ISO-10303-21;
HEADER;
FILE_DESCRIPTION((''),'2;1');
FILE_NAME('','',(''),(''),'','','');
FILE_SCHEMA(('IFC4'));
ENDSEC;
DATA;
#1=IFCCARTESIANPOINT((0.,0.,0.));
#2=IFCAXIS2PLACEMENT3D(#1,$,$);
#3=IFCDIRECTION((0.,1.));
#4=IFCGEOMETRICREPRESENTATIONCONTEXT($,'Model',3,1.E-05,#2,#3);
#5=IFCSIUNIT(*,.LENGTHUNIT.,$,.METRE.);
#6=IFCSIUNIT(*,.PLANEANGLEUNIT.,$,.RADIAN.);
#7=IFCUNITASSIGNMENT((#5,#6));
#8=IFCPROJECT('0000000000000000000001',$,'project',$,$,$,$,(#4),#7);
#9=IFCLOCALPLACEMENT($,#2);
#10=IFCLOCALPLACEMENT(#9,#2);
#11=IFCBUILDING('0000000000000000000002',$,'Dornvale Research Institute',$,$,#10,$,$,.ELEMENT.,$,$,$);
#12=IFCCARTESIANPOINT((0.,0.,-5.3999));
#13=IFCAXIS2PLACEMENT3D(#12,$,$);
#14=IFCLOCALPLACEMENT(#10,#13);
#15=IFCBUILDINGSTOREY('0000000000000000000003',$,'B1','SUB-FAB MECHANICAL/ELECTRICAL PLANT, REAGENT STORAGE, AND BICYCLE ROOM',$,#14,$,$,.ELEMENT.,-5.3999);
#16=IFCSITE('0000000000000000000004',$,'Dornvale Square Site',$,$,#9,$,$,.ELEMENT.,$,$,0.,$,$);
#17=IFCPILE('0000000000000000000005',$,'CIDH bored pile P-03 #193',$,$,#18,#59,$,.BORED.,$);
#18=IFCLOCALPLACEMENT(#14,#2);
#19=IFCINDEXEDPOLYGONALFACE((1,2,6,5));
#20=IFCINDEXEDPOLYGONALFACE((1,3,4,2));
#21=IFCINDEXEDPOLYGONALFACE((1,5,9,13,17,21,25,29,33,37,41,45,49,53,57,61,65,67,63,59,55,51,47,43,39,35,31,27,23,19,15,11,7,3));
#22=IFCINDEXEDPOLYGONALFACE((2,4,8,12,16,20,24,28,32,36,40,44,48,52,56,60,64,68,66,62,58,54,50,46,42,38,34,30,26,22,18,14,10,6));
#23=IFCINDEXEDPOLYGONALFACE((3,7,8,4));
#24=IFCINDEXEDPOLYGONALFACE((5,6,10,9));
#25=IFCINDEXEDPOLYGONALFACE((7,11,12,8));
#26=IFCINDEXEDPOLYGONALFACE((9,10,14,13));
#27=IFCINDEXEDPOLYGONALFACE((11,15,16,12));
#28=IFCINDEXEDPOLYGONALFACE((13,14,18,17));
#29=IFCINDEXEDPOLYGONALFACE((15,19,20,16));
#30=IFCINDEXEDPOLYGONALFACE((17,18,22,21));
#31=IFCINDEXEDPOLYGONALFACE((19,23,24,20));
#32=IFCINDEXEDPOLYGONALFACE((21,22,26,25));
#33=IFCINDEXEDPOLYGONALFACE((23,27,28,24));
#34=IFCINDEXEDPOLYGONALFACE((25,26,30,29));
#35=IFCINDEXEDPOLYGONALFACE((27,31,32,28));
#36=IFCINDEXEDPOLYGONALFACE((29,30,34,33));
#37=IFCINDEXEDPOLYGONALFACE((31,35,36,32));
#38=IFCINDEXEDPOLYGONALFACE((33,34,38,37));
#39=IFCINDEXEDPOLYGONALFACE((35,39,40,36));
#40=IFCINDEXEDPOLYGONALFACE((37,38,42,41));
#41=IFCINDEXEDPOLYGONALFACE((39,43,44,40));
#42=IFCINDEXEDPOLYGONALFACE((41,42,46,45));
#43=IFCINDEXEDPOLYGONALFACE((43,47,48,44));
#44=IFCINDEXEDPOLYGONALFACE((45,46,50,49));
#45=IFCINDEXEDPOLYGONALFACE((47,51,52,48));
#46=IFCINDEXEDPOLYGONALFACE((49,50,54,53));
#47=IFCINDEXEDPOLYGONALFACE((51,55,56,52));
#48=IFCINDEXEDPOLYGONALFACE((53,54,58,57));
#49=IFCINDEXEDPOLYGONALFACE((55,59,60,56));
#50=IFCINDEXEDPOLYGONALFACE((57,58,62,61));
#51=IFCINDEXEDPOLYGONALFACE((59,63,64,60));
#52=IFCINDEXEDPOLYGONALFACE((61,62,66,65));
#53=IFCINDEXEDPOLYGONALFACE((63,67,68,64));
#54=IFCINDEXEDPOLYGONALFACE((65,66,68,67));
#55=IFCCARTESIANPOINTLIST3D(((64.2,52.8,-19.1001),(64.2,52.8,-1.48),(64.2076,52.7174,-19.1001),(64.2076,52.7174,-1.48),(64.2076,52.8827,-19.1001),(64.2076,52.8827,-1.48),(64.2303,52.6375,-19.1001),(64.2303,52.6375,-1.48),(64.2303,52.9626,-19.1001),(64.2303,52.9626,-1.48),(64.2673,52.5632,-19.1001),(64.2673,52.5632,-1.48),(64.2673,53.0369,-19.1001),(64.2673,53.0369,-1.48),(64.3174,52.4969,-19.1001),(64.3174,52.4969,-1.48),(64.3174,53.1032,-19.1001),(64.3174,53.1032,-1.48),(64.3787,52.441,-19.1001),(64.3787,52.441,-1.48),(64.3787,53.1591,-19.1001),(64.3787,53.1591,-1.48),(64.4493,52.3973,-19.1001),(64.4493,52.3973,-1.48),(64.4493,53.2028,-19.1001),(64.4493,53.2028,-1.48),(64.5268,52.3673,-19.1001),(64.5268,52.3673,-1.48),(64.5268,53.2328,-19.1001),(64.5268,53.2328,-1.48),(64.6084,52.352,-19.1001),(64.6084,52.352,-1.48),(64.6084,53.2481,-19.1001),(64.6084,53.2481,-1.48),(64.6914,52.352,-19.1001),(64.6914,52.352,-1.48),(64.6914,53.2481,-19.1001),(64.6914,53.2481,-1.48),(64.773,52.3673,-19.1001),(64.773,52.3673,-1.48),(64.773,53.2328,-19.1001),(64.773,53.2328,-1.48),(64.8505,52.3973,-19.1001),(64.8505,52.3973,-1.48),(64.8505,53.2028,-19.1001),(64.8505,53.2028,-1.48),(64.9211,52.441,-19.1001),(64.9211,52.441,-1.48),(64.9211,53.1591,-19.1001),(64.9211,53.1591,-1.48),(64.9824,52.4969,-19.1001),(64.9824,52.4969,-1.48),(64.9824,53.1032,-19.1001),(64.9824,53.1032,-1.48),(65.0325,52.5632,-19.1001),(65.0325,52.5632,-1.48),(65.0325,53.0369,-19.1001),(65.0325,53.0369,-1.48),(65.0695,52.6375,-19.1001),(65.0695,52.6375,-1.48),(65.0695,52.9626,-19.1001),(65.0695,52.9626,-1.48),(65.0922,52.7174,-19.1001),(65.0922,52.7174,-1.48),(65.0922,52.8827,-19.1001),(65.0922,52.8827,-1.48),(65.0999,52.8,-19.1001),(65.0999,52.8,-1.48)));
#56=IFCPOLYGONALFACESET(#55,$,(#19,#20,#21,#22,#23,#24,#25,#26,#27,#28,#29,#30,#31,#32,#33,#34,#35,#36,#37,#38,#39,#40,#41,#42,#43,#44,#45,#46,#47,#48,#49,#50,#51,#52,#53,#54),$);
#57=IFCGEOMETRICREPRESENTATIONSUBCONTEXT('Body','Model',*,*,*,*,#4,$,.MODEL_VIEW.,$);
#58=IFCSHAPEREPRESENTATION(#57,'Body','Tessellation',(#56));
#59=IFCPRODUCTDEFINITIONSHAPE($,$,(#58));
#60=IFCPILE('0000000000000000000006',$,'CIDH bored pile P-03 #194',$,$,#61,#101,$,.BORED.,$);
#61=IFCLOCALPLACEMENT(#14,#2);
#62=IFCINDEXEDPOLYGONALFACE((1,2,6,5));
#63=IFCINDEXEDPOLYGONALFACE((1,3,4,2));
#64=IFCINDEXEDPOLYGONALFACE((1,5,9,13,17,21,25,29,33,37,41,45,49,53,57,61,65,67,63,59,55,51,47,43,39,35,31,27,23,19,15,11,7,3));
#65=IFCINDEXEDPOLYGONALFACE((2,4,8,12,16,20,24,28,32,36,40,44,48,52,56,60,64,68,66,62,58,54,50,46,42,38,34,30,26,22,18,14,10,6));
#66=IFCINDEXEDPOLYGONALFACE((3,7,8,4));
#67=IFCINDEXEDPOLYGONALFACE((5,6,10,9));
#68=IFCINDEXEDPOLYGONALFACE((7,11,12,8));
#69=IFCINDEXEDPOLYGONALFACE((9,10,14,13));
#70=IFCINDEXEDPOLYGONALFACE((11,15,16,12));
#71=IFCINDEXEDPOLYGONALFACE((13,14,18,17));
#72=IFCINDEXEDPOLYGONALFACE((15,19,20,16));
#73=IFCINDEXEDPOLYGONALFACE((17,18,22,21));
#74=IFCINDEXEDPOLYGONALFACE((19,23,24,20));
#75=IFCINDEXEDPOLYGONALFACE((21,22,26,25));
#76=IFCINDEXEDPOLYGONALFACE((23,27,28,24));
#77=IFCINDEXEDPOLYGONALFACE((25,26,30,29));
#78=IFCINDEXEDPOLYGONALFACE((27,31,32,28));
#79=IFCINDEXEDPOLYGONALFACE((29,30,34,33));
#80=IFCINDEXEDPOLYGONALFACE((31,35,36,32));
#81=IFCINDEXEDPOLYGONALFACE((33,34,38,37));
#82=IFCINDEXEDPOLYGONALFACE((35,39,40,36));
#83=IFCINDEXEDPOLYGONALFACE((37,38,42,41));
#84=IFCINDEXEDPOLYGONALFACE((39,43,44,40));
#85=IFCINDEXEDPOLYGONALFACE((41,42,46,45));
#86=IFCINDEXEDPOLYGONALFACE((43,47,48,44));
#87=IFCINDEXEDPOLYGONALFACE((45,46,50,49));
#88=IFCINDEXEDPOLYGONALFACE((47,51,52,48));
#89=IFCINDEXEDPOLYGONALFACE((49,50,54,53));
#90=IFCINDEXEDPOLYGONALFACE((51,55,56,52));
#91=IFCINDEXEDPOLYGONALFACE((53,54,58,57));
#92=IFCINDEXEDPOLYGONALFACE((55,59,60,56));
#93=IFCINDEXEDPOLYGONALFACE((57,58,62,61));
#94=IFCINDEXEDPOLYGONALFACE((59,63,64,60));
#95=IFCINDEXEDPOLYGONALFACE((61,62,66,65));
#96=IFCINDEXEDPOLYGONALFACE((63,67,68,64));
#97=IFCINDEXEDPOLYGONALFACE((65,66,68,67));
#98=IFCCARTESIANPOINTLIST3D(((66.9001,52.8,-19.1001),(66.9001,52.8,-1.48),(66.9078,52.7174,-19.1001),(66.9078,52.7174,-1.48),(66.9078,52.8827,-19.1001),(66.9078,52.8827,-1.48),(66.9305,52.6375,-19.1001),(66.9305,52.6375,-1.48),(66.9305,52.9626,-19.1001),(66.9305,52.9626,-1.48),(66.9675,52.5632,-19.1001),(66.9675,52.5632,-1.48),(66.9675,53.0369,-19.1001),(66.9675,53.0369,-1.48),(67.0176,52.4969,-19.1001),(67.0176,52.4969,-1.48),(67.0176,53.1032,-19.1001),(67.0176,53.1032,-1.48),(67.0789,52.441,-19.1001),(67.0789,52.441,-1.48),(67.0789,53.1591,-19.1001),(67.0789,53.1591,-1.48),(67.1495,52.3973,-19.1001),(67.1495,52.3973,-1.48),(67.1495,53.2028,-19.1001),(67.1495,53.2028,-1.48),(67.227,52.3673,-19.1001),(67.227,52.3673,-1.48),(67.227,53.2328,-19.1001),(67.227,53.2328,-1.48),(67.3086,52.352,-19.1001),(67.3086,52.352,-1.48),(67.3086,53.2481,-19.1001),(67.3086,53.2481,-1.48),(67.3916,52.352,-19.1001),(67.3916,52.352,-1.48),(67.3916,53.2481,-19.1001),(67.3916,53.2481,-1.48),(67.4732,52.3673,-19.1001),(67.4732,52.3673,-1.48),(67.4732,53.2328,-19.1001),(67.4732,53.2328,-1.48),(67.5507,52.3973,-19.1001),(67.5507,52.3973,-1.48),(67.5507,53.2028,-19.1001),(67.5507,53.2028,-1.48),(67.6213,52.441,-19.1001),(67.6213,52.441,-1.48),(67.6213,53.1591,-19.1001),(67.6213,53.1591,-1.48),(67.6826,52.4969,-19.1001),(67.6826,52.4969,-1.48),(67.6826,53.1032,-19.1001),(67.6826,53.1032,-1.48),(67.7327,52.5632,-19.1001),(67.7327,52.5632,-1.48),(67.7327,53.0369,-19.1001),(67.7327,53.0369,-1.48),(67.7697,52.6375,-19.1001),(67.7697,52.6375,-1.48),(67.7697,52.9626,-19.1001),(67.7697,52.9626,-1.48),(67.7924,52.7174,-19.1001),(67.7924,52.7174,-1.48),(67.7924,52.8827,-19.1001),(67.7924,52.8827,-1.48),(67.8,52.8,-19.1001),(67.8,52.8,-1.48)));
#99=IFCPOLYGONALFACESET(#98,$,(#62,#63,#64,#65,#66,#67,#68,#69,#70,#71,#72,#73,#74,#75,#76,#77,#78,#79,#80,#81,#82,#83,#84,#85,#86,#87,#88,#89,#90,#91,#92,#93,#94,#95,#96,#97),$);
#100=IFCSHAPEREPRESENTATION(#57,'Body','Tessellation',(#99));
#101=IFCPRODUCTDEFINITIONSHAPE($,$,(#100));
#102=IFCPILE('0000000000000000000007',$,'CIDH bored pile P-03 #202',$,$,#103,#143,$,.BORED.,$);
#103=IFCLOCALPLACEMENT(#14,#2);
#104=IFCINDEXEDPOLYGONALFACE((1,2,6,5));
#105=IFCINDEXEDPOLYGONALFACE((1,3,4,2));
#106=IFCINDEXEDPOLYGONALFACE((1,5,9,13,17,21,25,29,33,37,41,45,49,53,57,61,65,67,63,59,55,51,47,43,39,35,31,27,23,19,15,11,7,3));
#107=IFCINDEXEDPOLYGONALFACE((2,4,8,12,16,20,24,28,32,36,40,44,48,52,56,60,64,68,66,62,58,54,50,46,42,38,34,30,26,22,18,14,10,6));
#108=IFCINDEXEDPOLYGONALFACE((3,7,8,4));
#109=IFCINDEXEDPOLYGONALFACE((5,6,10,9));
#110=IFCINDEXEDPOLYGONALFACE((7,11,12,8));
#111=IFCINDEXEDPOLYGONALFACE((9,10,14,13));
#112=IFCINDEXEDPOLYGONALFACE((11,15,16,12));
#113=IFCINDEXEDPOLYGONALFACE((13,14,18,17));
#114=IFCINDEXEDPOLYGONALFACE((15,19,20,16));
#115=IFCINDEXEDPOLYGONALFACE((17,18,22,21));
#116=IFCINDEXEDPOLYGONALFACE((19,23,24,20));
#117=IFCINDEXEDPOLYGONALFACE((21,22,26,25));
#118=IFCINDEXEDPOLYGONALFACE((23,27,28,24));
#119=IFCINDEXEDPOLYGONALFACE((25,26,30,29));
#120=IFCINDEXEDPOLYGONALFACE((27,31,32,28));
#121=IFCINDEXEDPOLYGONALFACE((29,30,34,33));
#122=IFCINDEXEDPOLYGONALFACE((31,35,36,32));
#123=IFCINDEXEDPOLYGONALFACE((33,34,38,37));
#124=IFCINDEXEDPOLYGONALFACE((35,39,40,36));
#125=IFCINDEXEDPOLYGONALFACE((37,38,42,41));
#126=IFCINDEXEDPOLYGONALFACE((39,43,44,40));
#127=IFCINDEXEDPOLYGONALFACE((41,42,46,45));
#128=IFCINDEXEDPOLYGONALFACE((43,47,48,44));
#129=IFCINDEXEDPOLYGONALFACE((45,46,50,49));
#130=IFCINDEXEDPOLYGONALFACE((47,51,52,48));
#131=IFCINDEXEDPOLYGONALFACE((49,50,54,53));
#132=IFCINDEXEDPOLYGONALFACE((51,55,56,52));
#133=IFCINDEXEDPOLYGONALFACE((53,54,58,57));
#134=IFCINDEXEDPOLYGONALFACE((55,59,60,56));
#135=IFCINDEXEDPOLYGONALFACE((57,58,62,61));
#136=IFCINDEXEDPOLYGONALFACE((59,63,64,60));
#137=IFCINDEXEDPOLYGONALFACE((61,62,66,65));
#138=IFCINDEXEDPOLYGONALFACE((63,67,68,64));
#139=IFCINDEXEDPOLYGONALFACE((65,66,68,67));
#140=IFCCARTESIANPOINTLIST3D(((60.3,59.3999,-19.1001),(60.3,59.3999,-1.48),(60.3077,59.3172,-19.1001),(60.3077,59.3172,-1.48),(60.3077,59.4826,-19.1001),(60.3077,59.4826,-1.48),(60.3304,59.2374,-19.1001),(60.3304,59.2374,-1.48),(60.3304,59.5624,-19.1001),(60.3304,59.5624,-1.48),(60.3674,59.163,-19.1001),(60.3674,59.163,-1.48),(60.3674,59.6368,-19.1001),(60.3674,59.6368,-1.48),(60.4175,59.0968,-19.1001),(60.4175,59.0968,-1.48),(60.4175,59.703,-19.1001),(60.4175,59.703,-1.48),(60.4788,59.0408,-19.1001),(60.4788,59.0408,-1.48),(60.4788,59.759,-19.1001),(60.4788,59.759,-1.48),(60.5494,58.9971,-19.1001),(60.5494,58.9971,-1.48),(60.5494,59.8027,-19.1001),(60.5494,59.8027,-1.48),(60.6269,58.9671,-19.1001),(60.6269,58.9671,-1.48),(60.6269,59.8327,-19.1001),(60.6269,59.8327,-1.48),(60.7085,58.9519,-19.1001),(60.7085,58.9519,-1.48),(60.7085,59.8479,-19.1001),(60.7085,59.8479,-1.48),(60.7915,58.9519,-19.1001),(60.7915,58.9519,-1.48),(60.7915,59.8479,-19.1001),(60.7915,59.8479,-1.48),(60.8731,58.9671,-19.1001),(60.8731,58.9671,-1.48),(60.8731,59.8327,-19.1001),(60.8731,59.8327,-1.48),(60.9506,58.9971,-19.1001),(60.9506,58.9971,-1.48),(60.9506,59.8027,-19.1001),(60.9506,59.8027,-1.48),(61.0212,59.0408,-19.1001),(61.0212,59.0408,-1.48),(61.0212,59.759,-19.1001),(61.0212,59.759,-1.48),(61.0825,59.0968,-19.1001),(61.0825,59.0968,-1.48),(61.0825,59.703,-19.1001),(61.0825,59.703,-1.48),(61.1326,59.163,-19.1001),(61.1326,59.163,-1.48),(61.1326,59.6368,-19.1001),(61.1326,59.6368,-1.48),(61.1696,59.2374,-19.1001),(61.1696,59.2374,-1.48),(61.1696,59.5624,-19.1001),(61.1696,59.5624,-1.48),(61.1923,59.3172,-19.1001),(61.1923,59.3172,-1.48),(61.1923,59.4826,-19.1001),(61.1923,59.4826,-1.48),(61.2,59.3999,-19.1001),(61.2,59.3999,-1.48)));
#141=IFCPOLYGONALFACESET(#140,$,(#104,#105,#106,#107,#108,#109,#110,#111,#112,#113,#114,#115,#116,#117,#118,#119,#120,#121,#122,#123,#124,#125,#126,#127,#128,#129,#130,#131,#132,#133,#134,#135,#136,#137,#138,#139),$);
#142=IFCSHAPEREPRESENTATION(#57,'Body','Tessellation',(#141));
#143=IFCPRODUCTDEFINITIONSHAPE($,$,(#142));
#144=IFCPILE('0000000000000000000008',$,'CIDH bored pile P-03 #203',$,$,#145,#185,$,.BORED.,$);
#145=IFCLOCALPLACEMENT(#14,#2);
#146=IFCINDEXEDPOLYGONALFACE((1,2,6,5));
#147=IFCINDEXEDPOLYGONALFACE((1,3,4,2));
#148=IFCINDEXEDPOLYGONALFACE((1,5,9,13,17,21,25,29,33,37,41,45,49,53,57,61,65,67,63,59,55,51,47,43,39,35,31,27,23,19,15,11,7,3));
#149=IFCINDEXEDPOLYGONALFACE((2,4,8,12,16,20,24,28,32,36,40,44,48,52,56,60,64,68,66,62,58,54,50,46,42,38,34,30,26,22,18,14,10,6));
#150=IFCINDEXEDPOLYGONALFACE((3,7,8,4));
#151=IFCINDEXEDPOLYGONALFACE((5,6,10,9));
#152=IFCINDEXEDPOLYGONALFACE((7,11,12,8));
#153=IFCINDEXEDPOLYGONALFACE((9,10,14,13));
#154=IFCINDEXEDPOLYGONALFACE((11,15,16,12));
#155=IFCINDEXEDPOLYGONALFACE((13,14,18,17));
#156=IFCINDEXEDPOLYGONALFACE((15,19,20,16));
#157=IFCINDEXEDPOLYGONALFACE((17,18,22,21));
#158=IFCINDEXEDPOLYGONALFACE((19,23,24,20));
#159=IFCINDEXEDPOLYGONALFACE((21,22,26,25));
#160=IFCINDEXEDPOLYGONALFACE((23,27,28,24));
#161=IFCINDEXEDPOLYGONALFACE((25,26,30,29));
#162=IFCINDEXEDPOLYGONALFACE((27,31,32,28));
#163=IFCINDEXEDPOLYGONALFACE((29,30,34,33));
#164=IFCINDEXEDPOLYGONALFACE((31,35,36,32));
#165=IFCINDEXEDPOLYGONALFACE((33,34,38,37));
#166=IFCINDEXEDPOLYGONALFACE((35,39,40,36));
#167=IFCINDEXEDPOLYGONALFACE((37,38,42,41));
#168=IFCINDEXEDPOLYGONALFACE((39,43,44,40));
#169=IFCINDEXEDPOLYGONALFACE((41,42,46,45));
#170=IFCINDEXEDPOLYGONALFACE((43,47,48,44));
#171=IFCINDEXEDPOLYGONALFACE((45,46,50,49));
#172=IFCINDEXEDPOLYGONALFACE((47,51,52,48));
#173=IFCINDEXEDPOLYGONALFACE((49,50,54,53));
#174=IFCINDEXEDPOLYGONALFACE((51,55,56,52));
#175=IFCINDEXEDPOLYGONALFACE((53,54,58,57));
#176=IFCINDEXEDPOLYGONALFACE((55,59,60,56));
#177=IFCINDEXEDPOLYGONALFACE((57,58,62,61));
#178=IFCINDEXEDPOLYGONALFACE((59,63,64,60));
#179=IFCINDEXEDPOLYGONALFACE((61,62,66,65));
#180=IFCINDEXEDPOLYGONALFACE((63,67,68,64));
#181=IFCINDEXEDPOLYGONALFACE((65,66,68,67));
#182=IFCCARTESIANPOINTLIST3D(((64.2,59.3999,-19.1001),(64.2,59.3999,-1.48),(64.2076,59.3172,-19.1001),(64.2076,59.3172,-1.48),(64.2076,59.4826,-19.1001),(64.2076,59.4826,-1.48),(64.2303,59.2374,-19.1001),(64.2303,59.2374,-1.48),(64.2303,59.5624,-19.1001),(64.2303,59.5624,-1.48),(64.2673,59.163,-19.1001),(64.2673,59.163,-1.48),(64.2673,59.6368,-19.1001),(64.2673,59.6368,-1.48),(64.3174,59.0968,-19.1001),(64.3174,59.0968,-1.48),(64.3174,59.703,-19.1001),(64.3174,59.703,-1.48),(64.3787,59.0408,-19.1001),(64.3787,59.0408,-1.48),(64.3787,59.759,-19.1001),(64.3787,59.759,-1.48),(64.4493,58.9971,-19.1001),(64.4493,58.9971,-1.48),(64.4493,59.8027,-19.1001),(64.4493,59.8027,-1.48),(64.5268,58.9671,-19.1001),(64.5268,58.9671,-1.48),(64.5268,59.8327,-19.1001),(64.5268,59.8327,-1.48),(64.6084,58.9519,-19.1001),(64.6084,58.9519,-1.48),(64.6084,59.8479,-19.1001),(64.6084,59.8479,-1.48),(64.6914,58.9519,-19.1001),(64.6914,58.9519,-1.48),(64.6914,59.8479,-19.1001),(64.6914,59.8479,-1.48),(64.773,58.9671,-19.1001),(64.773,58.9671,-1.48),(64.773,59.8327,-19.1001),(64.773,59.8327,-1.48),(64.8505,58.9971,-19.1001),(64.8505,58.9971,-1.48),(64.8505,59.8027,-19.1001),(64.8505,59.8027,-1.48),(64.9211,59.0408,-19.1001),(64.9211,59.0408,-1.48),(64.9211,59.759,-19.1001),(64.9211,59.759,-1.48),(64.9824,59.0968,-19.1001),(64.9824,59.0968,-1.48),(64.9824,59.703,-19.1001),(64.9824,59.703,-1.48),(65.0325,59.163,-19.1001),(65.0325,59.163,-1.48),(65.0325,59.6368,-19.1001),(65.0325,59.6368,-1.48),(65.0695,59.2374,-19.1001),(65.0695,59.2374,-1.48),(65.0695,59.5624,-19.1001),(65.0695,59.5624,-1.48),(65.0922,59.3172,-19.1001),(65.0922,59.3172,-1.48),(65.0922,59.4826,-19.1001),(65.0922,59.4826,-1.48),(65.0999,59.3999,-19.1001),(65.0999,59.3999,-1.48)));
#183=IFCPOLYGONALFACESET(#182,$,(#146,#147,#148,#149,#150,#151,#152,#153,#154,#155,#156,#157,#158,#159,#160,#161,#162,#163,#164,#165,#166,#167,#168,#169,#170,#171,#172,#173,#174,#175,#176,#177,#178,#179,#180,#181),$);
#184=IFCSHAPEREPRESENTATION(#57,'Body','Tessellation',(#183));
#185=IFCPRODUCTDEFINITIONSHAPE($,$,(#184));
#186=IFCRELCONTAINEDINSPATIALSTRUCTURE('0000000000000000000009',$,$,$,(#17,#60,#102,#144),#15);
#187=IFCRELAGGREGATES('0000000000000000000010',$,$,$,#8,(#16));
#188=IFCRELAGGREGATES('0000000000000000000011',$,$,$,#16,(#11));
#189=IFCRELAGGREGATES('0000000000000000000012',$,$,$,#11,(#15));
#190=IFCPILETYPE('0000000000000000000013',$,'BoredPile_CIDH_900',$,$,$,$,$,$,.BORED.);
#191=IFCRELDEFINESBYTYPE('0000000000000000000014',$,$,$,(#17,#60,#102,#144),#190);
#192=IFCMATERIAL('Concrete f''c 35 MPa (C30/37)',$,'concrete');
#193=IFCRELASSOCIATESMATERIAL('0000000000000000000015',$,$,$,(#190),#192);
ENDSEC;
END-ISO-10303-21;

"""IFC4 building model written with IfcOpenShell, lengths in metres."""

from ifc_helpers import new_model, si_unit, direction, frame, origin, origin_2d, place, context, subcontext, project, spatial, circle, extrude, material, material_profile, profile_set, type_object, element, save


model = new_model("IFC4")

# Units and contexts
model_context = context("Model", 3, precision=1e-05, world=origin(), true_north=direction((0.0, 1.0)))
body_context = subcontext(model_context, "Body", "Model", "MODEL_VIEW")
ifc_project = project(units=[si_unit("LENGTHUNIT", "METRE"), si_unit("PLANEANGLEUNIT", "RADIAN")], contexts=[model_context])

# Site, building, storey
site_placement = place(None, origin())
site = spatial("IfcSite", under=ifc_project, at=site_placement, Name="Dornvale Square Site", CompositionType="ELEMENT", RefElevation=0.0)
building_placement = place(site_placement, origin())
building = spatial("IfcBuilding", under=site, at=building_placement, Name="Dornvale Research Institute", CompositionType="ELEMENT")
storey_placement = place(building_placement, frame((0.0, 0.0, -5.3999)))
storey = spatial("IfcBuildingStorey", under=building, at=storey_placement, Name="B1", Description="SUB-FAB MECHANICAL/ELECTRICAL PLANT, REAGENT STORAGE, AND BICYCLE ROOM", CompositionType="ELEMENT", Elevation=-5.3999)

# Piles
ifc_material_1 = material(Name="Concrete f'c 35 MPa (C30/37)", Category="concrete")
ifc_material_profile_1 = material_profile(ifc_material_1, circle(Radius=0.45, at=origin_2d()), Name="CIDH PILE D900")
ifc_profile_set_1 = profile_set([ifc_material_profile_1], Name="Concrete f'c 35 MPa (C30/37)")
pile_type = type_object("IfcPileType", Name="BoredPile_CIDH_900", PredefinedType="BORED", material=ifc_profile_set_1)
for number, where, z_axis, x_axis, name in (
    (1, (64.6499, 52.8, -1.48), (0.0, 0.0, -1.0), (1.0, 0.0, 0.0), "CIDH bored pile P-03 #193"),
    (2, (67.3501, 52.8, -1.48), (0.0, 0.0, -1.0), (1.0, 0.0, 0.0), "CIDH bored pile P-03 #194"),
    (3, (60.75, 59.3999, -1.48), (0.0, 0.0, -1.0), (1.0, 0.0, 0.0), "CIDH bored pile P-03 #202"),
    (4, (64.6499, 59.3999, -1.48), (0.0, 0.0, -1.0), (1.0, 0.0, 0.0), "CIDH bored pile P-03 #203"),
):
    element("IfcPile", number, at=place(storey_placement, frame(where, z_axis=z_axis, x_axis=x_axis)), inside=storey, type_object=pile_type, Name=name, PredefinedType="BORED", context=body_context, shape_type="SweptSolid", body=[
        extrude(circle(Radius=0.45, at=origin_2d()), origin(), (0.0, 0.0, 1.0), 17.6201),
    ])

save(model, "model.ifc")
